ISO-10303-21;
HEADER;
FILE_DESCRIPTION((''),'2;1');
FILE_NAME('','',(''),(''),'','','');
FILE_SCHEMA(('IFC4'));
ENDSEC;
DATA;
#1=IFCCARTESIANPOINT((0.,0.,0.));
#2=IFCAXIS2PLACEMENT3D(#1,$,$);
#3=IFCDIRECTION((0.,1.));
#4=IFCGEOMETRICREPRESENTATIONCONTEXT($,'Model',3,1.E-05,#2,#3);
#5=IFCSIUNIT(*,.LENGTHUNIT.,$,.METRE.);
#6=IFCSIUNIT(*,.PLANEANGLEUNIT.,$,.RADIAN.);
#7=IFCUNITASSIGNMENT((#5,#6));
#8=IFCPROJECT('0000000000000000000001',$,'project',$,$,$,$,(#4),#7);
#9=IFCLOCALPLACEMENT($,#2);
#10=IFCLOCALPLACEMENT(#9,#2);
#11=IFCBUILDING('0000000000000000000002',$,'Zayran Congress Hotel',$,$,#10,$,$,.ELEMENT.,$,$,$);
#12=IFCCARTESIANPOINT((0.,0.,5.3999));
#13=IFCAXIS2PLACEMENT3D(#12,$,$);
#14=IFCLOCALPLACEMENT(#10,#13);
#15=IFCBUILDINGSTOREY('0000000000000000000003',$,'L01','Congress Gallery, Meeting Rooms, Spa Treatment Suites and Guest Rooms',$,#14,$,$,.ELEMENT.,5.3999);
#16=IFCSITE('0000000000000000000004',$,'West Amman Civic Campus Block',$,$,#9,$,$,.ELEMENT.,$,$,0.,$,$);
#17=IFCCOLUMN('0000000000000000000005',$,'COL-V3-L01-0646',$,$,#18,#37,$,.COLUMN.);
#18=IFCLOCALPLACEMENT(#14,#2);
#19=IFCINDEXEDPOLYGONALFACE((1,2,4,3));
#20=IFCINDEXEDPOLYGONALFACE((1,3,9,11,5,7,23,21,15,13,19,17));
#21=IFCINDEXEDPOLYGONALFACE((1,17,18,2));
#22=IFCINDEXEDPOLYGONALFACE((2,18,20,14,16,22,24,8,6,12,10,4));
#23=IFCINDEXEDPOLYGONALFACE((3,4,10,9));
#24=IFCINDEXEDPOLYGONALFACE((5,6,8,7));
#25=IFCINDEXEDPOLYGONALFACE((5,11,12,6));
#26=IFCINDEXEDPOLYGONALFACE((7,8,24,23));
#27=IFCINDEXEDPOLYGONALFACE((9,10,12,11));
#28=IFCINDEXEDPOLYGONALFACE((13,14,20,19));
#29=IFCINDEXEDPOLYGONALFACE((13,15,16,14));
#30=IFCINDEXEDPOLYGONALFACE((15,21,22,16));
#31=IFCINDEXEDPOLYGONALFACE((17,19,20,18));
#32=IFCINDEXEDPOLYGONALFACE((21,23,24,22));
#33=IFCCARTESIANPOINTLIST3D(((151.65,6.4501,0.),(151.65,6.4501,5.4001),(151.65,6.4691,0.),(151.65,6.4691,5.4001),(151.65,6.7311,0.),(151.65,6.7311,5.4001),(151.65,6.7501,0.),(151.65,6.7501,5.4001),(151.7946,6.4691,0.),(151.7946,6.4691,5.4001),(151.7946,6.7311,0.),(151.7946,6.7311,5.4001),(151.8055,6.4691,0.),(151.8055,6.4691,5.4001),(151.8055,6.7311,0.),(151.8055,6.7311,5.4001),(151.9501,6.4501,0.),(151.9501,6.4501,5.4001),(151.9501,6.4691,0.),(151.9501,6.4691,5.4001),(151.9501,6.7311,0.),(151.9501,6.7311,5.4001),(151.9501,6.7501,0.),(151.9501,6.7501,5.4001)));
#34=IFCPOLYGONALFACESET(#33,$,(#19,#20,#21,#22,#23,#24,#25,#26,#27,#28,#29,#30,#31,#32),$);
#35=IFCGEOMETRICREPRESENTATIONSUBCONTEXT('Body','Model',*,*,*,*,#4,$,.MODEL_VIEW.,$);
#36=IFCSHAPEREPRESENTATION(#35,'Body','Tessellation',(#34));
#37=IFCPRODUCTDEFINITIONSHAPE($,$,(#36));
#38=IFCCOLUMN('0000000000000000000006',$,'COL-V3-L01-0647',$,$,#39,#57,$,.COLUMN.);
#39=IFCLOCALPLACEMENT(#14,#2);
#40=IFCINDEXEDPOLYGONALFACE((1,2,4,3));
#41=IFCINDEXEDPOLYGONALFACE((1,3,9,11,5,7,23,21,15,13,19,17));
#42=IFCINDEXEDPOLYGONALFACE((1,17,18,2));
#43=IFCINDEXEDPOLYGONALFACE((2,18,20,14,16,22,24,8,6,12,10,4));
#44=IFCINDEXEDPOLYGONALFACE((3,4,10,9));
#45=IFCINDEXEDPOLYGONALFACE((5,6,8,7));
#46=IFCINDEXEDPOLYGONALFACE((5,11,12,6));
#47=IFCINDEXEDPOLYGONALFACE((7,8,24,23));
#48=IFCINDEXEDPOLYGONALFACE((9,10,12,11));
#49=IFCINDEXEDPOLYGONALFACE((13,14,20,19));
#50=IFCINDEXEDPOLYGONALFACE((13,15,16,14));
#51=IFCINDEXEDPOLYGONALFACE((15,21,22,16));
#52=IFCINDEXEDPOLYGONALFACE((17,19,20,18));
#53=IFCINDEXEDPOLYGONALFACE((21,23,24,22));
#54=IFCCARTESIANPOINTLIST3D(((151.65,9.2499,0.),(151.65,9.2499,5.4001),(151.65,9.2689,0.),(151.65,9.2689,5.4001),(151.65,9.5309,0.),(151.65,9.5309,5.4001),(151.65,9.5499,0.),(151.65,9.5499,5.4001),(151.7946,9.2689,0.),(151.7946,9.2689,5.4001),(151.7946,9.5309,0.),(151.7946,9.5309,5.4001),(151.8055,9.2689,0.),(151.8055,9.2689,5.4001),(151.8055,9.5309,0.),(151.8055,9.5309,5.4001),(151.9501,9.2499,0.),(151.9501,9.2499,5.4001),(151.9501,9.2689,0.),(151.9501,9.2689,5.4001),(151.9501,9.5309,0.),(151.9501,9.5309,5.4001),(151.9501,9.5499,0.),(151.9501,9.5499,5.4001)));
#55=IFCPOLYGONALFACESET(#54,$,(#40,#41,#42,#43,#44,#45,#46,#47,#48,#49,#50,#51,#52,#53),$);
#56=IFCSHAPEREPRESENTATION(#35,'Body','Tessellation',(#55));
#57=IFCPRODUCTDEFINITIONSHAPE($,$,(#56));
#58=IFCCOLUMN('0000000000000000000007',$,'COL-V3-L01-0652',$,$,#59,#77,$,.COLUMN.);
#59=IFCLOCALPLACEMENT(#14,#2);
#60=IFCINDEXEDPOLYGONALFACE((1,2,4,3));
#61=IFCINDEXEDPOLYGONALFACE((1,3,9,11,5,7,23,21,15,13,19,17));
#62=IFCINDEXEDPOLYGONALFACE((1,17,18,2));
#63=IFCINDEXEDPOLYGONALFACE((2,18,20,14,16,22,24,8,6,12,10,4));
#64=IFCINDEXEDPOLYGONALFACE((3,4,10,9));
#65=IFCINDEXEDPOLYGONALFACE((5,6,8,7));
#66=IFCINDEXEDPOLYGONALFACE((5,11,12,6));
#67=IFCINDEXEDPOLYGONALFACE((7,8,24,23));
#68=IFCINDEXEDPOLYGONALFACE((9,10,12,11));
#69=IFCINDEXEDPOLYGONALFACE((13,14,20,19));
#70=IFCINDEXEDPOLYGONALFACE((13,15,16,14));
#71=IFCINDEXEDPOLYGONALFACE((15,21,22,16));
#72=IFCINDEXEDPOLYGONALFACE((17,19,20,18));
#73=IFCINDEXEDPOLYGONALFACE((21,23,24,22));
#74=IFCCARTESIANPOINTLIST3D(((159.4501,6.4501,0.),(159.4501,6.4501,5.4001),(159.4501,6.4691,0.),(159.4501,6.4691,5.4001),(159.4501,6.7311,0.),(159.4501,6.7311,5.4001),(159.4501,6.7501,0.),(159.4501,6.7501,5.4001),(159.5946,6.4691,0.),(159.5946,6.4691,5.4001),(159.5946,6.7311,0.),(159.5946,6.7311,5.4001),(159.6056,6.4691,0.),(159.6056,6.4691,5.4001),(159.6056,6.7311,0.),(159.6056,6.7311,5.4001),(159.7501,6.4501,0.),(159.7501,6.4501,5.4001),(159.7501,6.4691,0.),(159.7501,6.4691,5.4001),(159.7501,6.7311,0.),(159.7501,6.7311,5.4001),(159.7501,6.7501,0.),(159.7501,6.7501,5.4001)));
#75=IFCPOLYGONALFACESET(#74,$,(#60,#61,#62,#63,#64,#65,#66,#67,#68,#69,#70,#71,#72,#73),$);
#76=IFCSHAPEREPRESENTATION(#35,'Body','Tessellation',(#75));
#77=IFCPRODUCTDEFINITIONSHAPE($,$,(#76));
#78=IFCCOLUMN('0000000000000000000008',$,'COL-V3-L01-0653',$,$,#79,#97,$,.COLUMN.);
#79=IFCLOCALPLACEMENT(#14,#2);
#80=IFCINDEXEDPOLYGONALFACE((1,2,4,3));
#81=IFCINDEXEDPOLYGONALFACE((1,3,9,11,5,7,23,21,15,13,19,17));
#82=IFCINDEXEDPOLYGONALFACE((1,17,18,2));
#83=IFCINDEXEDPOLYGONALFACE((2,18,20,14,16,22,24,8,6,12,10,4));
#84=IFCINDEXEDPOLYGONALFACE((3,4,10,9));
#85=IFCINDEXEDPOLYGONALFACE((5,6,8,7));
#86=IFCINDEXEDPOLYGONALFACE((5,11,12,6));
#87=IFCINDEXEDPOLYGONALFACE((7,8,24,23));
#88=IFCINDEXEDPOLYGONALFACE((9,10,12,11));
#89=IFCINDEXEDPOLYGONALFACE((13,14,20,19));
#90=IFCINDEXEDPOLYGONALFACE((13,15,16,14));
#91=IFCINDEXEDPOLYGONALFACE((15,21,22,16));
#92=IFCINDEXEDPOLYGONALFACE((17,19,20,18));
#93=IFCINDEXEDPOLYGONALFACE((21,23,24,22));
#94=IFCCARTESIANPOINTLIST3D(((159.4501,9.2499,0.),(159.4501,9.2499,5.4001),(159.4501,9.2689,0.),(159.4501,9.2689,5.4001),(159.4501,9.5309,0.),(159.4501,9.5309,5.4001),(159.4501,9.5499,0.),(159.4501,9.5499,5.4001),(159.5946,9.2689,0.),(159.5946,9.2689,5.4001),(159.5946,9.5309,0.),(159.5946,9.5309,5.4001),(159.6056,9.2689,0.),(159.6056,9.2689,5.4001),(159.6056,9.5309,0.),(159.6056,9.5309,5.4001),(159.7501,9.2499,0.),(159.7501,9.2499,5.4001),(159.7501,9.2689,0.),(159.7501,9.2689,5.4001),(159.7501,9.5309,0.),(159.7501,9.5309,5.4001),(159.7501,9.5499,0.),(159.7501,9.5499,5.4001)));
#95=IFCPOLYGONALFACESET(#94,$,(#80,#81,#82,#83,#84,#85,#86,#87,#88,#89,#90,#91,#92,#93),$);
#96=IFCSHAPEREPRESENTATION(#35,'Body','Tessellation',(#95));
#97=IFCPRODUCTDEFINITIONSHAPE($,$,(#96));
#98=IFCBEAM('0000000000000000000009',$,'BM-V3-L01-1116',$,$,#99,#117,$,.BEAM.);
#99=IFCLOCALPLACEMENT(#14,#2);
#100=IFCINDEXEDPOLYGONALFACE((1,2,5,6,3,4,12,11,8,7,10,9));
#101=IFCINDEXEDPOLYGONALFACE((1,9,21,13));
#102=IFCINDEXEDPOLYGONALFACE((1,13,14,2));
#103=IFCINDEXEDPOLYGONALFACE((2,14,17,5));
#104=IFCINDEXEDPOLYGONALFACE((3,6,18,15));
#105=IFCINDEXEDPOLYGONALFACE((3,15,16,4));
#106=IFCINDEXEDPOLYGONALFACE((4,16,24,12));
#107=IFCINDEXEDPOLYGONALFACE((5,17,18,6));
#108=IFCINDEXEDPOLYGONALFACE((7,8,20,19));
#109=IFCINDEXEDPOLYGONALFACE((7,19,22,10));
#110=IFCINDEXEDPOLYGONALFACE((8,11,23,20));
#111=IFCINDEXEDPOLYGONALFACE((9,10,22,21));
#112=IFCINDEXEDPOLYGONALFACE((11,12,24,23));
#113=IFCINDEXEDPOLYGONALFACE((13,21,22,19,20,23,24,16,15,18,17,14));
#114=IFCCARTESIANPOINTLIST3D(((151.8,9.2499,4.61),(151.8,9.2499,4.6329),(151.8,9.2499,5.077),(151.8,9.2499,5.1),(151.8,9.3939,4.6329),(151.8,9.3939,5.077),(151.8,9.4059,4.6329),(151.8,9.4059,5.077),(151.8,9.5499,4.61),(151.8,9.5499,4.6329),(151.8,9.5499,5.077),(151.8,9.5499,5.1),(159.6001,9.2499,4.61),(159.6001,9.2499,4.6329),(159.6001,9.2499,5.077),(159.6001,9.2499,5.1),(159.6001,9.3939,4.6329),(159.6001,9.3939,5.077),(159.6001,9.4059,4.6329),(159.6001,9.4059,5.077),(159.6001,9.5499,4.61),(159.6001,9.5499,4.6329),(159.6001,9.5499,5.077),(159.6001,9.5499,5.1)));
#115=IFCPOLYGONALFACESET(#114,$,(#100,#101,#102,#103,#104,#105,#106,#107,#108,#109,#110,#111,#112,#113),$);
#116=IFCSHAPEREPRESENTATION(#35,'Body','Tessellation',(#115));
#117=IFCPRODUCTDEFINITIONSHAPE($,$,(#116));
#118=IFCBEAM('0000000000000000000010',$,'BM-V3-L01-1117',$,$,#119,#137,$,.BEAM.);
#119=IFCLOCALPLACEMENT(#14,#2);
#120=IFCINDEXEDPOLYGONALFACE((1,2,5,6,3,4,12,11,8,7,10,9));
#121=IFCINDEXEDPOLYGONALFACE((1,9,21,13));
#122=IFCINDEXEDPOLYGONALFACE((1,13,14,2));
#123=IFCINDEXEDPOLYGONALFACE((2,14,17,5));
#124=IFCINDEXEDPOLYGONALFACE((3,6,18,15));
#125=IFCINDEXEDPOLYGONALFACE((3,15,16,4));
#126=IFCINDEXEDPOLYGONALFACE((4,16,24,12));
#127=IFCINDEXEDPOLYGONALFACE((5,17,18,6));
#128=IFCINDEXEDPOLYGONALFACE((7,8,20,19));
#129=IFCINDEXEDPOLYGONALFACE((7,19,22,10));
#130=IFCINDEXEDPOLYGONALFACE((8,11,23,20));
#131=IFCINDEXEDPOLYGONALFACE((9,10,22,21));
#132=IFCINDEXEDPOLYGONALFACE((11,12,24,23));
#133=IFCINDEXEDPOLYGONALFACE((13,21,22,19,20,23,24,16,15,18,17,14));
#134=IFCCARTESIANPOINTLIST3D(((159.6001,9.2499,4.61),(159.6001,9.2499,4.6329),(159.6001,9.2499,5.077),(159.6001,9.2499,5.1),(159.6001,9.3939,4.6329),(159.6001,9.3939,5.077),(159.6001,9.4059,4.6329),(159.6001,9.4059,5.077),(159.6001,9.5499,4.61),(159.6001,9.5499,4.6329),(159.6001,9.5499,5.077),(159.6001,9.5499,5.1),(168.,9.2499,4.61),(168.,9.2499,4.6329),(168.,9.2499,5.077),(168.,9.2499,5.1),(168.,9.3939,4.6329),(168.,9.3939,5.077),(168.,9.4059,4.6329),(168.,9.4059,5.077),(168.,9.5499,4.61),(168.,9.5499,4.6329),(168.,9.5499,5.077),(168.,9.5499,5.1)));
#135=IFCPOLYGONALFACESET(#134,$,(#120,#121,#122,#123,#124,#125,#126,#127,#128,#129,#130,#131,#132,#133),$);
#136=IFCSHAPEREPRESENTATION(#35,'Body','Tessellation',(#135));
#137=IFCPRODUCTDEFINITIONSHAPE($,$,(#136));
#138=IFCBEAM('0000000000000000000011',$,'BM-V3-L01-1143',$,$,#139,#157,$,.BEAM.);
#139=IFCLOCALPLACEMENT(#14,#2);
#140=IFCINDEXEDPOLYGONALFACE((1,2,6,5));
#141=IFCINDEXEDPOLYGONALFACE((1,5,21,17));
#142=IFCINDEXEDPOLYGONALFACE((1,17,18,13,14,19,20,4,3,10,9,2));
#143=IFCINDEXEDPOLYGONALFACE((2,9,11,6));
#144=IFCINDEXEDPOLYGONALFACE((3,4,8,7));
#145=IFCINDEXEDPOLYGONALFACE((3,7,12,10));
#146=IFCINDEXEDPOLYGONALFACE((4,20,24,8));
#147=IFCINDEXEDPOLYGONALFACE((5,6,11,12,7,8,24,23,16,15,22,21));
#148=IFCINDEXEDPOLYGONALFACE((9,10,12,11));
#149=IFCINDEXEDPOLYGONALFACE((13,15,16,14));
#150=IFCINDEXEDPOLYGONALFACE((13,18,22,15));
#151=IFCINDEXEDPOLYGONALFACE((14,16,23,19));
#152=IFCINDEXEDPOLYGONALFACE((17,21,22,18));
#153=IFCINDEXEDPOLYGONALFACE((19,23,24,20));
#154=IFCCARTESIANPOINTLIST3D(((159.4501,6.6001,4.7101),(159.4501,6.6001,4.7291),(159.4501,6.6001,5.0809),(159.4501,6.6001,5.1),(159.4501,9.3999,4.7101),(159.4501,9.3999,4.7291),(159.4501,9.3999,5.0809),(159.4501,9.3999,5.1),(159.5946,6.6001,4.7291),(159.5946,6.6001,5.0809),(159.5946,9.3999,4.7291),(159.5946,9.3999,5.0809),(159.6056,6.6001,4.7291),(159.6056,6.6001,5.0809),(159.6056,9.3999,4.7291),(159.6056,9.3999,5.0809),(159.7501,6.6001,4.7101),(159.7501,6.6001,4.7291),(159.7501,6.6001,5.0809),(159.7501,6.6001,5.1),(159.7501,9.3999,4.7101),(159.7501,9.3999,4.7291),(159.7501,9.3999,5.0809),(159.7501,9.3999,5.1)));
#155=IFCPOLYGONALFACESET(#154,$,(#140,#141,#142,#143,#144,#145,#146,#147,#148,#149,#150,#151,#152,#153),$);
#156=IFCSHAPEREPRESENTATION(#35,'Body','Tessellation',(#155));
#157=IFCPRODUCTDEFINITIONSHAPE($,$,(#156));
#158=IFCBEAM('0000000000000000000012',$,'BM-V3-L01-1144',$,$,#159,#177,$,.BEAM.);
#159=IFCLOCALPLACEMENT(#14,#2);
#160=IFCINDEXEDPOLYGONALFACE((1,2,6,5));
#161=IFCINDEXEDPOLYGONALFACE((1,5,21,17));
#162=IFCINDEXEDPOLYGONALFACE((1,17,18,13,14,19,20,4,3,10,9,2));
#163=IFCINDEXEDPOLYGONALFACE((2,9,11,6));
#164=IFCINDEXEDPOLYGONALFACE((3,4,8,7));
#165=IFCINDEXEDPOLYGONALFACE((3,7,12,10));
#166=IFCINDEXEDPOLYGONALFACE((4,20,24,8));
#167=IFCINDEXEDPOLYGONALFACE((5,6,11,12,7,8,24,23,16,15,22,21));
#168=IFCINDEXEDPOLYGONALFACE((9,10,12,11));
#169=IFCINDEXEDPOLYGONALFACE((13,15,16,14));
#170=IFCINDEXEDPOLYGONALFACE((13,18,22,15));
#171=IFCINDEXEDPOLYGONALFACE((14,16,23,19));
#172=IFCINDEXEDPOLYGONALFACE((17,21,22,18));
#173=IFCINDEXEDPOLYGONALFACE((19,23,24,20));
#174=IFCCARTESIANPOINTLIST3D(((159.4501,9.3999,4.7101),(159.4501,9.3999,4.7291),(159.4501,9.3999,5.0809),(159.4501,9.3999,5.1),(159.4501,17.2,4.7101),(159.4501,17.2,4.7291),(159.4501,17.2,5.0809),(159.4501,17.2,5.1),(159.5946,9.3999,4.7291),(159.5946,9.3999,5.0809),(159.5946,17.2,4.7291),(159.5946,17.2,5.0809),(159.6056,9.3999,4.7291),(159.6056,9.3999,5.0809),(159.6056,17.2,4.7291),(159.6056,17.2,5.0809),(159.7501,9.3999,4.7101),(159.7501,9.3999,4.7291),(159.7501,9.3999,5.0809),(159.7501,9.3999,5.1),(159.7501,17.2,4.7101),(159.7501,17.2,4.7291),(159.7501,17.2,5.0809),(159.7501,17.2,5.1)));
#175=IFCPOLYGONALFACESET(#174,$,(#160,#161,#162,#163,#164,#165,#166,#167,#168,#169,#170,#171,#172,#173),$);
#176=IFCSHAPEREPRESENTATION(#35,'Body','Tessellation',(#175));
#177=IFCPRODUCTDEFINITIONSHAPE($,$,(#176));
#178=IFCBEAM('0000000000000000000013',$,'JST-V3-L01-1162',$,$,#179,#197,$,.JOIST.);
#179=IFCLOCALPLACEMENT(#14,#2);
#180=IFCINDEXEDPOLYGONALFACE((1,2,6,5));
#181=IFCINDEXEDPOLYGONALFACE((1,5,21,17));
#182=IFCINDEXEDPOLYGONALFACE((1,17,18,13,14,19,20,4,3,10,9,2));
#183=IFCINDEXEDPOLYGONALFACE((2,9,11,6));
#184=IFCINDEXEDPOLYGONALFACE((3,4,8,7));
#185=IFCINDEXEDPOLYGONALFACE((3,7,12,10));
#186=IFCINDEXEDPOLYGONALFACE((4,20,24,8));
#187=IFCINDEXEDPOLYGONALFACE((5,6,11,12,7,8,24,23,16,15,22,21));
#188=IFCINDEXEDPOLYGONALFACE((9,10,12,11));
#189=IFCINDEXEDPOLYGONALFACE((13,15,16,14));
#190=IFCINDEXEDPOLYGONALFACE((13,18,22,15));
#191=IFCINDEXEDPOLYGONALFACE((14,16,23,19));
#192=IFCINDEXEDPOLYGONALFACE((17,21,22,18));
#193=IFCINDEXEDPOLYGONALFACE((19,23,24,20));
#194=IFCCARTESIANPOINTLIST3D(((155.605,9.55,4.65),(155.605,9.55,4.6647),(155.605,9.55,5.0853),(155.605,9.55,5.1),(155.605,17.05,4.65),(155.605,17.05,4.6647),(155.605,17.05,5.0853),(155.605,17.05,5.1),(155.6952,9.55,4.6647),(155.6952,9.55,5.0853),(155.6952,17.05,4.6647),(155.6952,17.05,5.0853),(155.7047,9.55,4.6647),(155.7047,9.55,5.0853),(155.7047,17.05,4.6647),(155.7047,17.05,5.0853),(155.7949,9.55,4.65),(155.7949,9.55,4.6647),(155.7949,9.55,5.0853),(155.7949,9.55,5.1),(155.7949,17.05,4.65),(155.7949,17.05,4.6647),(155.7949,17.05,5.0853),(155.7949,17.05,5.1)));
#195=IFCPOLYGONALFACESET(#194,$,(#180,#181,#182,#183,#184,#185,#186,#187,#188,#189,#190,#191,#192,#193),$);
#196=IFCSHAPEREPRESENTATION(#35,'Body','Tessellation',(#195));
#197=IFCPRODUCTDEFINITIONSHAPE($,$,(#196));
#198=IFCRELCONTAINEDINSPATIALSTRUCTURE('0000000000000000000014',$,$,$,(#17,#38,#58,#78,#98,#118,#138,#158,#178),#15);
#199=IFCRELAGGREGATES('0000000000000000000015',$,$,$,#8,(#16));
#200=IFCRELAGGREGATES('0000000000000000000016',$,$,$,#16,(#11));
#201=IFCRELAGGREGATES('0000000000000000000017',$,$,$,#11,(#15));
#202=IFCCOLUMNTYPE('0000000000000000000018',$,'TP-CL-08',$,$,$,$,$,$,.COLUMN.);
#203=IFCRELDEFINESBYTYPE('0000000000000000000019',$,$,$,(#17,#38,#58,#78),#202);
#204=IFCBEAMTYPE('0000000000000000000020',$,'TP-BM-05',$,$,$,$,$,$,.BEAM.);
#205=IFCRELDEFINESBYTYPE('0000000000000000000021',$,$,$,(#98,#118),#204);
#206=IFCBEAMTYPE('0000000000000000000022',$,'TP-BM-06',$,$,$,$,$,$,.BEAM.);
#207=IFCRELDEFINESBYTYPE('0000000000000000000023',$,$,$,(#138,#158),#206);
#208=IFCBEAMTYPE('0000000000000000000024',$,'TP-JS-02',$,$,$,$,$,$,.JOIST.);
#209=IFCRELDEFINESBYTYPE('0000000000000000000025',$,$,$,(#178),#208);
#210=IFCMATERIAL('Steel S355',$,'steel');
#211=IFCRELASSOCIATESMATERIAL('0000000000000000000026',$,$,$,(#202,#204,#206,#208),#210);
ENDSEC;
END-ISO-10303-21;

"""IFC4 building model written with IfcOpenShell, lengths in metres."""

from ifc_helpers import new_model, si_unit, direction, frame, origin, origin_2d, place, context, subcontext, project, spatial, i_section, extrude, material, material_profile, profile_set, type_object, element, save


model = new_model("IFC4")

# Units and contexts
model_context = context("Model", 3, precision=1e-05, world=origin(), true_north=direction((0.0, 1.0)))
body_context = subcontext(model_context, "Body", "Model", "MODEL_VIEW")
ifc_project = project(units=[si_unit("LENGTHUNIT", "METRE"), si_unit("PLANEANGLEUNIT", "RADIAN")], contexts=[model_context])

# Site, building, storey
site_placement = place(None, origin())
site = spatial("IfcSite", under=ifc_project, at=site_placement, Name="West Amman Civic Campus Block", CompositionType="ELEMENT", RefElevation=0.0)
building_placement = place(site_placement, origin())
building = spatial("IfcBuilding", under=site, at=building_placement, Name="Zayran Congress Hotel", CompositionType="ELEMENT")
storey_placement = place(building_placement, frame((0.0, 0.0, 5.3999)))
storey = spatial("IfcBuildingStorey", under=building, at=storey_placement, Name="L01", Description="Congress Gallery, Meeting Rooms, Spa Treatment Suites and Guest Rooms", CompositionType="ELEMENT", Elevation=5.3999)

# Columns
ifc_material_1 = material(Name="Steel S355", Category="steel")
ifc_material_profile_1 = material_profile(ifc_material_1, i_section(OverallWidth=0.3, OverallDepth=0.3, WebThickness=0.011, FlangeThickness=0.019, at=origin_2d()), Name="HEB 300")
ifc_profile_set_1 = profile_set([ifc_material_profile_1], Name="Steel S355")
column_type = type_object("IfcColumnType", Name="TP-CL-08", PredefinedType="COLUMN", material=ifc_profile_set_1)
for number, where, z_axis, x_axis, name in (
    (1, (151.8, 6.6001, 0.0), (0.0, 0.0, 1.0), (1.0, 0.0, 0.0), "COL-V3-L01-0646"),
    (2, (151.8, 9.3999, 0.0), (0.0, 0.0, 1.0), (1.0, 0.0, 0.0), "COL-V3-L01-0647"),
    (3, (159.6001, 6.6001, 0.0), (0.0, 0.0, 1.0), (1.0, 0.0, 0.0), "COL-V3-L01-0652"),
    (4, (159.6001, 9.3999, 0.0), (0.0, 0.0, 1.0), (1.0, 0.0, 0.0), "COL-V3-L01-0653"),
):
    element("IfcColumn", number, at=place(storey_placement, frame(where, z_axis=z_axis, x_axis=x_axis)), inside=storey, type_object=column_type, Name=name, PredefinedType="COLUMN", context=body_context, shape_type="SweptSolid", body=[
        extrude(i_section(OverallWidth=0.3, OverallDepth=0.3, WebThickness=0.011, FlangeThickness=0.019, at=origin_2d()), origin(), (0.0, 0.0, 1.0), 5.4001),
    ])

# Beams
ifc_material_profile_2 = material_profile(ifc_material_1, i_section(OverallWidth=0.3, OverallDepth=0.49, WebThickness=0.012, FlangeThickness=0.0229, at=origin_2d()), Name="HEA 500")
ifc_profile_set_2 = profile_set([ifc_material_profile_2], Name="Steel S355")
beam_type_1 = type_object("IfcBeamType", Name="TP-BM-05", PredefinedType="BEAM", material=ifc_profile_set_2)
beam_1_placement = place(storey_placement, frame((151.8, 9.3999, 4.855), z_axis=(1.0, 0.0, 0.0), x_axis=(0.0, 1.0, 0.0)))
element("IfcBeam", 5, at=beam_1_placement, inside=storey, type_object=beam_type_1, Name="BM-V3-L01-1116", PredefinedType="BEAM", context=body_context, shape_type="SweptSolid", body=[
    extrude(i_section(OverallWidth=0.3, OverallDepth=0.49, WebThickness=0.012, FlangeThickness=0.0229, at=origin_2d()), origin(), (0.0, 0.0, 1.0), 7.8),
])
beam_2_placement = place(storey_placement, frame((159.6001, 9.3999, 4.855), z_axis=(1.0, 0.0, 0.0), x_axis=(0.0, 1.0, 0.0)))
element("IfcBeam", 6, at=beam_2_placement, inside=storey, type_object=beam_type_1, Name="BM-V3-L01-1117", PredefinedType="BEAM", context=body_context, shape_type="SweptSolid", body=[
    extrude(i_section(OverallWidth=0.3, OverallDepth=0.49, WebThickness=0.012, FlangeThickness=0.0229, at=origin_2d()), origin(), (0.0, 0.0, 1.0), 8.3999),
])
ifc_material_profile_3 = material_profile(ifc_material_1, i_section(OverallWidth=0.3, OverallDepth=0.3899, WebThickness=0.011, FlangeThickness=0.019, at=origin_2d()), Name="HEA 400")
ifc_profile_set_3 = profile_set([ifc_material_profile_3], Name="Steel S355")
beam_type_2 = type_object("IfcBeamType", Name="TP-BM-06", PredefinedType="BEAM", material=ifc_profile_set_3)
beam_3_placement = place(storey_placement, frame((159.6001, 6.6001, 4.905), z_axis=(0.0, 1.0, 0.0), x_axis=(-1.0, 0.0, 0.0)))
element("IfcBeam", 7, at=beam_3_placement, inside=storey, type_object=beam_type_2, Name="BM-V3-L01-1143", PredefinedType="BEAM", context=body_context, shape_type="SweptSolid", body=[
    extrude(i_section(OverallWidth=0.3, OverallDepth=0.3899, WebThickness=0.011, FlangeThickness=0.019, at=origin_2d()), origin(), (0.0, 0.0, 1.0), 2.7998),
])
beam_4_placement = place(storey_placement, frame((159.6001, 9.3999, 4.905), z_axis=(0.0, 1.0, 0.0), x_axis=(-1.0, 0.0, 0.0)))
element("IfcBeam", 8, at=beam_4_placement, inside=storey, type_object=beam_type_2, Name="BM-V3-L01-1144", PredefinedType="BEAM", context=body_context, shape_type="SweptSolid", body=[
    extrude(i_section(OverallWidth=0.3, OverallDepth=0.3899, WebThickness=0.011, FlangeThickness=0.019, at=origin_2d()), origin(), (0.0, 0.0, 1.0), 7.8),
])
ifc_material_profile_4 = material_profile(ifc_material_1, i_section(OverallWidth=0.1899, OverallDepth=0.45, WebThickness=0.0095, FlangeThickness=0.0146, at=origin_2d()), Name="IPE 450")
ifc_profile_set_4 = profile_set([ifc_material_profile_4], Name="Steel S355")
beam_type_3 = type_object("IfcBeamType", Name="TP-JS-02", PredefinedType="JOIST", material=ifc_profile_set_4)
beam_5_placement = place(storey_placement, frame((155.7, 9.55, 4.875), z_axis=(0.0, 1.0, 0.0), x_axis=(-1.0, 0.0, 0.0)))
element("IfcBeam", 9, at=beam_5_placement, inside=storey, type_object=beam_type_3, Name="JST-V3-L01-1162", PredefinedType="JOIST", context=body_context, shape_type="SweptSolid", body=[
    extrude(i_section(OverallWidth=0.1899, OverallDepth=0.45, WebThickness=0.0095, FlangeThickness=0.0146, at=origin_2d()), origin(), (0.0, 0.0, 1.0), 7.5),
])

save(model, "model.ifc")
